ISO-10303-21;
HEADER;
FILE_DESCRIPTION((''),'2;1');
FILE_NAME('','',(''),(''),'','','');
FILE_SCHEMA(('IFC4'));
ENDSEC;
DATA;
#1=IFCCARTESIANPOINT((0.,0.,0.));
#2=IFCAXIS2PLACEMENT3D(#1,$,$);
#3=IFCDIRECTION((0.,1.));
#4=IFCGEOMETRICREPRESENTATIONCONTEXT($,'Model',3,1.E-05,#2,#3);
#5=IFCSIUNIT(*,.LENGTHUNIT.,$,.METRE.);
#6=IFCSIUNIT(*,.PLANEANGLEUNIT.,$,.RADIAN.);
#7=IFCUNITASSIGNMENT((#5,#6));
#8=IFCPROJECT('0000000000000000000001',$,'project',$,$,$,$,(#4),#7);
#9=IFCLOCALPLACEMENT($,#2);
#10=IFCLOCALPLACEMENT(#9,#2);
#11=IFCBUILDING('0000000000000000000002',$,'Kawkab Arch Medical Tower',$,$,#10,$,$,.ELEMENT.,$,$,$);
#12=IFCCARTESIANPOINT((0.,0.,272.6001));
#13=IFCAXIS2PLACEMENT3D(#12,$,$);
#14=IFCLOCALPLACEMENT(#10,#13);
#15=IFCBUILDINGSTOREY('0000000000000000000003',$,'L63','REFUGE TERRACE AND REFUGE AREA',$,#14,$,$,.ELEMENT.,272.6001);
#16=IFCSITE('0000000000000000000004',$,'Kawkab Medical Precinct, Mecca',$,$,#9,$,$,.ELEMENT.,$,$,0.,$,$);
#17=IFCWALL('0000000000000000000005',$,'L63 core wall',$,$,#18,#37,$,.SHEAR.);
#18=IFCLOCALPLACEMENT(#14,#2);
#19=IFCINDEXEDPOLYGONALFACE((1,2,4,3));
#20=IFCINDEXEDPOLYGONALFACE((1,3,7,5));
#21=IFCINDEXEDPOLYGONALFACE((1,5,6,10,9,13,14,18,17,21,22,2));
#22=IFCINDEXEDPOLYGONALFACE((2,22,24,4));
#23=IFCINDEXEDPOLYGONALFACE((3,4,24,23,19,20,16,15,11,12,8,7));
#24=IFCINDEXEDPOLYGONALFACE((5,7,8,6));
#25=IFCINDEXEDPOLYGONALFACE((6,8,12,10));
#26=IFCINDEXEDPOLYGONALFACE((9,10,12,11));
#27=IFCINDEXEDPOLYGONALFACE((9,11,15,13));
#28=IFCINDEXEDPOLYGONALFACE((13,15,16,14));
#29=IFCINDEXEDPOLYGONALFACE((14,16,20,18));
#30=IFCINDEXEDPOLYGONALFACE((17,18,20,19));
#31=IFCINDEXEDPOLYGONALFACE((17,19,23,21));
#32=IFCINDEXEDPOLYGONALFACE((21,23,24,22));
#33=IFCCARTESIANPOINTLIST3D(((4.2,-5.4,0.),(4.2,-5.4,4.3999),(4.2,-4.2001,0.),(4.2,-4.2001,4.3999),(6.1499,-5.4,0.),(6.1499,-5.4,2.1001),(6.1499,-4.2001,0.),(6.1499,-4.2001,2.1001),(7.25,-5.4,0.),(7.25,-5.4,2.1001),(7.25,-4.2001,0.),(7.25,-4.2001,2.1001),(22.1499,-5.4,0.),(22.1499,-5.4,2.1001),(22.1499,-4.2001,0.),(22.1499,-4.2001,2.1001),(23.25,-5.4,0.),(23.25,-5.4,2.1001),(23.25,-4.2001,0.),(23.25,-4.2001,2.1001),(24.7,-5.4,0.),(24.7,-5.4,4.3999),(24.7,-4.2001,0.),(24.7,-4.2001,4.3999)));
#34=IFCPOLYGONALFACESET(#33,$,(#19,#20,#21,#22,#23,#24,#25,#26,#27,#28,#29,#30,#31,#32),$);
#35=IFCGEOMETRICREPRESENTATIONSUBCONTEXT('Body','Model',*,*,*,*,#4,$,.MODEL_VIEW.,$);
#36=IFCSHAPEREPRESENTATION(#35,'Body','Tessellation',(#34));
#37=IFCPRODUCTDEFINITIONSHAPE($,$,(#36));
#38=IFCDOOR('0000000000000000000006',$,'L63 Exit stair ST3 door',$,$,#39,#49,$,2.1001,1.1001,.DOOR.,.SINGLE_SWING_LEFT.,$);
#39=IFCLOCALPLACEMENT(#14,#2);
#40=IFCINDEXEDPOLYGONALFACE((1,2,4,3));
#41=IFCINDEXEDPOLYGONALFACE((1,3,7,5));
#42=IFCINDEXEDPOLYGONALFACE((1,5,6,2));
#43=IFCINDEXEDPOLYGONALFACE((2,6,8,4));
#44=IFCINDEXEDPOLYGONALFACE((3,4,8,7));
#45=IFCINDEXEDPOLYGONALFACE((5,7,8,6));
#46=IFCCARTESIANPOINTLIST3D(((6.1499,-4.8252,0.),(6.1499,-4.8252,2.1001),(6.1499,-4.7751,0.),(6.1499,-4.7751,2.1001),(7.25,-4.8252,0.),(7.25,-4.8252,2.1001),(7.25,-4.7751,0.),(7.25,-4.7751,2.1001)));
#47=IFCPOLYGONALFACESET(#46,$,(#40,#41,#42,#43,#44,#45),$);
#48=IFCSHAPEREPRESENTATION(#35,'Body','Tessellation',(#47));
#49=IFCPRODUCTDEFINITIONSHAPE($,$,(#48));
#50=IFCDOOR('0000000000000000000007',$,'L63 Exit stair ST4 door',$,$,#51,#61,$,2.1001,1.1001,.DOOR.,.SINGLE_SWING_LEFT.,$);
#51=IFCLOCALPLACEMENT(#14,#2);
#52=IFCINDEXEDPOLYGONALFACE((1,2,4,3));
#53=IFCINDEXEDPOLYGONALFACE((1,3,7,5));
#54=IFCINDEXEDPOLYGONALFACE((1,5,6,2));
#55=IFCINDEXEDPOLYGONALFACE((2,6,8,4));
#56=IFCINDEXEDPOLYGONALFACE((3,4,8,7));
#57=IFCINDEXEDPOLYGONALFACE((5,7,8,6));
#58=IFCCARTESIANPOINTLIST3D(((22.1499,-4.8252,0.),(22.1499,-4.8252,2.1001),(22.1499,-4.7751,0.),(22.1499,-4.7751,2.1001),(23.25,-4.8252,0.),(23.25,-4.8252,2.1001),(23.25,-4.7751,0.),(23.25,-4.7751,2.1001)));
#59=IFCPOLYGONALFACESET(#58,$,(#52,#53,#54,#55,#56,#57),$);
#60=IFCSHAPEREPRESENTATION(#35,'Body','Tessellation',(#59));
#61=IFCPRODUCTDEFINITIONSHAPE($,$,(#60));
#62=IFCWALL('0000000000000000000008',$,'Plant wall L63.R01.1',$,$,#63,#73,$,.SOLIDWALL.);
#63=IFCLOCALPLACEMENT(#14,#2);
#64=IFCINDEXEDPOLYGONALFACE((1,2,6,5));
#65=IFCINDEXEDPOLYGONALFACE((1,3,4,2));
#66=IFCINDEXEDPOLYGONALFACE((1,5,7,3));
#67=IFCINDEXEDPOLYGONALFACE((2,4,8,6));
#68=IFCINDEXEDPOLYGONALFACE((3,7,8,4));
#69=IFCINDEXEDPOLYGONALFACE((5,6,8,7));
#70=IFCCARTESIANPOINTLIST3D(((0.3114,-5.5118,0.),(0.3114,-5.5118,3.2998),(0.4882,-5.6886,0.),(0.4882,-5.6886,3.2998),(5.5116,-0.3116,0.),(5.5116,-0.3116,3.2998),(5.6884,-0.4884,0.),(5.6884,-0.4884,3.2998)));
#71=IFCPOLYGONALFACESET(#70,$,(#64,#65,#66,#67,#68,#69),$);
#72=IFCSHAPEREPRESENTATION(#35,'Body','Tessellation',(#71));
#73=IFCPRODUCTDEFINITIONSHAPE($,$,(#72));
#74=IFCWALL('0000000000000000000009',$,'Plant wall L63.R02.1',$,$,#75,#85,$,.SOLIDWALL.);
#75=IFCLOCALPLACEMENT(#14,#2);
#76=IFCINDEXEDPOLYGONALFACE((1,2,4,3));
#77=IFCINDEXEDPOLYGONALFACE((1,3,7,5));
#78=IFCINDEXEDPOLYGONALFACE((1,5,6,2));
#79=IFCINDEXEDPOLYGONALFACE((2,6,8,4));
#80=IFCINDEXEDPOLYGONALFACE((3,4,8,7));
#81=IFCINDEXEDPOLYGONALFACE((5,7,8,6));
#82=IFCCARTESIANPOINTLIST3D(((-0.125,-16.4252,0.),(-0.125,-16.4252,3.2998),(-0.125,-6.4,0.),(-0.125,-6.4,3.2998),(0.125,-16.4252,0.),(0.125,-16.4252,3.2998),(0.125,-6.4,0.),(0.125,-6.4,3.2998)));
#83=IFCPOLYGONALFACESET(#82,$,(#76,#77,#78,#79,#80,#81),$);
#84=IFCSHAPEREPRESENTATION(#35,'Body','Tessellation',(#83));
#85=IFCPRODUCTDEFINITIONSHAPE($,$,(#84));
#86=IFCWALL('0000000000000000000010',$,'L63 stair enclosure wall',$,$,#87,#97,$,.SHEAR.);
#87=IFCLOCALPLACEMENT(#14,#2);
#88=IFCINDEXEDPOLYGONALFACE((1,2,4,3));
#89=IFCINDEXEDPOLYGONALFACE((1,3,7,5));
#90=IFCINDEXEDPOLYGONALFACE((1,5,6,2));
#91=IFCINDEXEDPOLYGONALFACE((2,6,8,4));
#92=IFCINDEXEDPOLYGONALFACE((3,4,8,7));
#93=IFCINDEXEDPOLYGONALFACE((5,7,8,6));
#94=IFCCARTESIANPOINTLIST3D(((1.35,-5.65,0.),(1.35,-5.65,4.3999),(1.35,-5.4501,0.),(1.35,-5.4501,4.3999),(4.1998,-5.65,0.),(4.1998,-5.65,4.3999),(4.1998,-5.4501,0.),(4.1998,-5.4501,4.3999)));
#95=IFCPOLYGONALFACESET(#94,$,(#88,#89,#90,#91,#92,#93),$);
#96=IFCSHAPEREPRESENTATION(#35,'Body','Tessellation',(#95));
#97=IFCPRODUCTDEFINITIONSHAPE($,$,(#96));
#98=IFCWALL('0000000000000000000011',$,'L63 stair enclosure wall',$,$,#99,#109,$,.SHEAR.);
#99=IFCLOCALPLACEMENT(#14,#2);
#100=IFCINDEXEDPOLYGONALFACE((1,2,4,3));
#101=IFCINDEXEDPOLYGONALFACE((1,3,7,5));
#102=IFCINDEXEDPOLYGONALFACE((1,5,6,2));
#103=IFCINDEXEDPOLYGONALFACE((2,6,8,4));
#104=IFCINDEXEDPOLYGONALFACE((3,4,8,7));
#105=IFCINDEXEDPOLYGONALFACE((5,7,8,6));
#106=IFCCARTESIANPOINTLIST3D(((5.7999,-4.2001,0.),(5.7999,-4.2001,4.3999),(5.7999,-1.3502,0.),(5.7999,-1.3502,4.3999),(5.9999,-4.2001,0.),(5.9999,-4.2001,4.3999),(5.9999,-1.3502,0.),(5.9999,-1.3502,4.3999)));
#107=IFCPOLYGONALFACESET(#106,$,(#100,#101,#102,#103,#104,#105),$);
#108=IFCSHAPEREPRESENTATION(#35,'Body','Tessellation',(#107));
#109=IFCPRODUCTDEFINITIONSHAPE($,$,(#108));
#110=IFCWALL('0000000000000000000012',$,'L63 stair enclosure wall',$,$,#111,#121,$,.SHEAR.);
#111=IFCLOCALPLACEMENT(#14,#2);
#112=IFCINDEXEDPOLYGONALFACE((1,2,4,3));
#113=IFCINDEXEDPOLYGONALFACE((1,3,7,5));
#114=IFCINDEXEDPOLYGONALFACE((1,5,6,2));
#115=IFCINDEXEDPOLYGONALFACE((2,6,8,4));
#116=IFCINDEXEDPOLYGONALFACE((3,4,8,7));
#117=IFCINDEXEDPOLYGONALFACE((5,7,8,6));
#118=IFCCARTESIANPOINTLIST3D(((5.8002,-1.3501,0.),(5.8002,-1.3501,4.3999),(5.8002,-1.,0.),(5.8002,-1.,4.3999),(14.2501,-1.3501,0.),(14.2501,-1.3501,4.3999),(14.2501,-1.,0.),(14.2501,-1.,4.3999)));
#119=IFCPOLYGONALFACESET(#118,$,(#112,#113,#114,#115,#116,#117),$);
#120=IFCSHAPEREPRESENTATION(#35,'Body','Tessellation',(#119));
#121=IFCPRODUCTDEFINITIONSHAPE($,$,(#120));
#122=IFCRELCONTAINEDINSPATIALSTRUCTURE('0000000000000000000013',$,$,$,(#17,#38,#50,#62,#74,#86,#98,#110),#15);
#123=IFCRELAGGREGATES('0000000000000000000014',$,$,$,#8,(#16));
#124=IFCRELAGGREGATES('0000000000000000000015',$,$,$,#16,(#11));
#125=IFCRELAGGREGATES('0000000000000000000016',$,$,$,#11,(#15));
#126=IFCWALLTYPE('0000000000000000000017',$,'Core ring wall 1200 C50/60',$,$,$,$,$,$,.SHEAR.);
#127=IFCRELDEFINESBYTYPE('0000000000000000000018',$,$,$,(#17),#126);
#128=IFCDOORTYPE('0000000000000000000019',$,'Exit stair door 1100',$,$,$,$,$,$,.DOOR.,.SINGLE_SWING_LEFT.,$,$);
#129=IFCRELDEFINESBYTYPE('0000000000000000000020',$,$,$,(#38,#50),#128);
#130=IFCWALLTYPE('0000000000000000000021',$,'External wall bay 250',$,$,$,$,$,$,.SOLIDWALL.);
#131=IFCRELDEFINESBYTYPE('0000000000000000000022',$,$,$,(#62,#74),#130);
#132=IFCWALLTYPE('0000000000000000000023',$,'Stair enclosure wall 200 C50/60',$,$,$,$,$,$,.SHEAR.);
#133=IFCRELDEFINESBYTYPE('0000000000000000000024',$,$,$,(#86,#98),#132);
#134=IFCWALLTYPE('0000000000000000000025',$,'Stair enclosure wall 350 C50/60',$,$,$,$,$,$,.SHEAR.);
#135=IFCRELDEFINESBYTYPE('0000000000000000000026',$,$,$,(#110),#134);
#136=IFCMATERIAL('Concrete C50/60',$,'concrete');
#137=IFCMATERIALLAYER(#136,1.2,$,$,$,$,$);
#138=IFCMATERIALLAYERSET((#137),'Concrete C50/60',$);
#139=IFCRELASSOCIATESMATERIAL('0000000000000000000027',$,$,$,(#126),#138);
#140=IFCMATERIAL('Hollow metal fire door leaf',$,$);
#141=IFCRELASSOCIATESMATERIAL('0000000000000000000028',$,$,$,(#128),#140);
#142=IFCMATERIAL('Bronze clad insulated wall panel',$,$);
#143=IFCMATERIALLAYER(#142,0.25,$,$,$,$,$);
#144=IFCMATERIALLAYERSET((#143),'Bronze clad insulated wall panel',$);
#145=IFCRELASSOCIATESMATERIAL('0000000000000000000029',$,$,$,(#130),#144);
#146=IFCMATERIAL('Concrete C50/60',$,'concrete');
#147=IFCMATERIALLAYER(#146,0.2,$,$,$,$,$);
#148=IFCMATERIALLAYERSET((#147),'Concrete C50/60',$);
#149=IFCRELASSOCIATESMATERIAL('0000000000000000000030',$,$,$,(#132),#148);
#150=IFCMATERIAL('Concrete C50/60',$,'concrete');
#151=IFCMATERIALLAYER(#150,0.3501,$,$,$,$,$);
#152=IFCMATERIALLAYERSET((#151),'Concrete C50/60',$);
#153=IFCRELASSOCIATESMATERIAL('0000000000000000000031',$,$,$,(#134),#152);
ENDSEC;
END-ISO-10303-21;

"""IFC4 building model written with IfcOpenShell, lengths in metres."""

from ifc_helpers import new_model, si_unit, direction, frame, frame_2d, origin, place, context, subcontext, project, spatial, rectangle, extrude, material, layer, layer_set, type_object, element, fill, save


model = new_model("IFC4")

# Units and contexts
model_context = context("Model", 3, precision=1e-05, world=origin(), true_north=direction((0.0, 1.0)))
body_context = subcontext(model_context, "Body", "Model", "MODEL_VIEW")
ifc_project = project(units=[si_unit("LENGTHUNIT", "METRE"), si_unit("PLANEANGLEUNIT", "RADIAN")], contexts=[model_context])

# Site, building, storey
site_placement = place(None, origin())
site = spatial("IfcSite", under=ifc_project, at=site_placement, Name="Kawkab Medical Precinct, Mecca", CompositionType="ELEMENT", RefElevation=0.0)
building_placement = place(site_placement, origin())
building = spatial("IfcBuilding", under=site, at=building_placement, Name="Kawkab Arch Medical Tower", CompositionType="ELEMENT")
storey_placement = place(building_placement, frame((0.0, 0.0, 272.6001)))
storey = spatial("IfcBuildingStorey", under=building, at=storey_placement, Name="L63", Description="REFUGE TERRACE AND REFUGE AREA", CompositionType="ELEMENT", Elevation=272.6001)

# Wall, openings, doors
ifc_material_1 = material(Name="Concrete C50/60", Category="concrete")
ifc_layer_1 = layer(ifc_material_1, 1.2)
ifc_layer_set_1 = layer_set([ifc_layer_1], Name="Concrete C50/60")
wall_type_1 = type_object("IfcWallType", Name="Core ring wall 1200 C50/60", PredefinedType="SHEAR", material=ifc_layer_set_1)
wall_1_placement = place(storey_placement, frame((4.2, -4.8, 0.0), z_axis=(0.0, 0.0, 1.0), x_axis=(1.0, 0.0, 0.0)))
wall_1 = element("IfcWall", 1, at=wall_1_placement, inside=storey, type_object=wall_type_1, Name="L63 core wall", PredefinedType="SHEAR", context=body_context, shape_type="SweptSolid", body=[
    extrude(rectangle(XDim=20.5, YDim=1.2, at=frame_2d((10.25, 0.0))), origin(), (0.0, 0.0, 1.0), 4.3999),
])
opening_1_placement = place(wall_1_placement, frame((1.95, 0.0, 0.0)))
opening_1 = element("IfcOpeningElement", 2, at=opening_1_placement, cuts=wall_1, PredefinedType="OPENING", context=body_context, shape_type="SweptSolid", body=[
    extrude(rectangle(XDim=1.1001, YDim=2.1001, at=frame_2d((0.55, 1.05))), frame((0.0, 0.6099, 0.0), z_axis=(0.0, -1.0, 0.0), x_axis=(1.0, 0.0, 0.0)), (0.0, 0.0, 1.0), 1.22),
])
opening_2_placement = place(wall_1_placement, frame((17.95, 0.0, 0.0)))
opening_2 = element("IfcOpeningElement", 3, at=opening_2_placement, cuts=wall_1, PredefinedType="OPENING", context=body_context, shape_type="SweptSolid", body=[
    extrude(rectangle(XDim=1.1001, YDim=2.1001, at=frame_2d((0.55, 1.05))), frame((0.0, 0.6099, 0.0), z_axis=(0.0, -1.0, 0.0), x_axis=(1.0, 0.0, 0.0)), (0.0, 0.0, 1.0), 1.22),
])
ifc_material_2 = material(Name="Hollow metal fire door leaf")
door_type = type_object("IfcDoorType", Name="Exit stair door 1100", OperationType="SINGLE_SWING_LEFT", PredefinedType="DOOR", material=ifc_material_2)
door_1_placement = place(opening_1_placement, origin())
door_1 = element("IfcDoor", 4, at=door_1_placement, inside=storey, type_object=door_type, Name="L63 Exit stair ST3 door", OperationType="SINGLE_SWING_LEFT", OverallHeight=2.1001, OverallWidth=1.1001, PredefinedType="DOOR", context=body_context, shape_type="SweptSolid", body=[
    extrude(rectangle(XDim=1.1001, YDim=2.1001, at=frame_2d((0.55, 1.05))), frame((0.0, 0.0249, 0.0), z_axis=(0.0, -1.0, 0.0), x_axis=(1.0, 0.0, 0.0)), (0.0, 0.0, 1.0), 0.05),
])
fill(opening_1, door_1)
door_2_placement = place(opening_2_placement, origin())
door_2 = element("IfcDoor", 5, at=door_2_placement, inside=storey, type_object=door_type, Name="L63 Exit stair ST4 door", OperationType="SINGLE_SWING_LEFT", OverallHeight=2.1001, OverallWidth=1.1001, PredefinedType="DOOR", context=body_context, shape_type="SweptSolid", body=[
    extrude(rectangle(XDim=1.1001, YDim=2.1001, at=frame_2d((0.55, 1.05))), frame((0.0, 0.0249, 0.0), z_axis=(0.0, -1.0, 0.0), x_axis=(1.0, 0.0, 0.0)), (0.0, 0.0, 1.0), 0.05),
])
fill(opening_2, door_2)

# Walls
ifc_material_3 = material(Name="Bronze clad insulated wall panel")
ifc_layer_2 = layer(ifc_material_3, 0.25)
ifc_layer_set_2 = layer_set([ifc_layer_2], Name="Bronze clad insulated wall panel")
wall_type_2 = type_object("IfcWallType", Name="External wall bay 250", PredefinedType="SOLIDWALL", material=ifc_layer_set_2)
wall_2_placement = place(storey_placement, frame((5.6001, -0.3999, 0.0), z_axis=(0.0, 0.0, 1.0), x_axis=(-0.707107, -0.707107, 0.0)))
element("IfcWall", 6, at=wall_2_placement, inside=storey, type_object=wall_type_2, Name="Plant wall L63.R01.1", PredefinedType="SOLIDWALL", context=body_context, shape_type="SweptSolid", body=[
    extrude(rectangle(XDim=7.3542, YDim=0.25, at=frame_2d((3.6772, 0.0))), origin(), (0.0, 0.0, 1.0), 3.2998),
])
wall_3_placement = place(storey_placement, frame((0.0, -6.3999, 0.0), z_axis=(0.0, 0.0, 1.0), x_axis=(0.0, -1.0, 0.0)))
element("IfcWall", 7, at=wall_3_placement, inside=storey, type_object=wall_type_2, Name="Plant wall L63.R02.1", PredefinedType="SOLIDWALL", context=body_context, shape_type="SweptSolid", body=[
    extrude(rectangle(XDim=10.0251, YDim=0.25, at=frame_2d((5.0127, 0.0))), origin(), (0.0, 0.0, 1.0), 3.2998),
])
ifc_material_4 = material(Name="Concrete C50/60", Category="concrete")
ifc_layer_3 = layer(ifc_material_4, 0.2)
ifc_layer_set_3 = layer_set([ifc_layer_3], Name="Concrete C50/60")
wall_type_3 = type_object("IfcWallType", Name="Stair enclosure wall 200 C50/60", PredefinedType="SHEAR", material=ifc_layer_set_3)
for number, where, z_axis, x_axis, name in (
    (8, (1.3501, -5.55, 0.0), (0.0, 0.0, 1.0), (1.0, 0.0, 0.0), "L63 stair enclosure wall"),
    (9, (5.8999, -4.2, 0.0), (0.0, 0.0, 1.0), (0.0, 1.0, 0.0), "L63 stair enclosure wall"),
):
    element("IfcWall", number, at=place(storey_placement, frame(where, z_axis=z_axis, x_axis=x_axis)), inside=storey, type_object=wall_type_3, Name=name, PredefinedType="SHEAR", context=body_context, shape_type="SweptSolid", body=[
        extrude(rectangle(XDim=2.8499, YDim=0.2, at=frame_2d((1.4248, 0.0))), origin(), (0.0, 0.0, 1.0), 4.3999),
    ])
ifc_material_5 = material(Name="Concrete C50/60", Category="concrete")
ifc_layer_4 = layer(ifc_material_5, 0.3501)
ifc_layer_set_4 = layer_set([ifc_layer_4], Name="Concrete C50/60")
wall_type_4 = type_object("IfcWallType", Name="Stair enclosure wall 350 C50/60", PredefinedType="SHEAR", material=ifc_layer_set_4)
wall_4_placement = place(storey_placement, frame((5.8, -1.175, 0.0), z_axis=(0.0, 0.0, 1.0), x_axis=(1.0, 0.0, 0.0)))
element("IfcWall", 10, at=wall_4_placement, inside=storey, type_object=wall_type_4, Name="L63 stair enclosure wall", PredefinedType="SHEAR", context=body_context, shape_type="SweptSolid", body=[
    extrude(rectangle(XDim=8.45, YDim=0.3501, at=frame_2d((4.2251, 0.0))), origin(), (0.0, 0.0, 1.0), 4.3999),
])

save(model, "model.ifc")
